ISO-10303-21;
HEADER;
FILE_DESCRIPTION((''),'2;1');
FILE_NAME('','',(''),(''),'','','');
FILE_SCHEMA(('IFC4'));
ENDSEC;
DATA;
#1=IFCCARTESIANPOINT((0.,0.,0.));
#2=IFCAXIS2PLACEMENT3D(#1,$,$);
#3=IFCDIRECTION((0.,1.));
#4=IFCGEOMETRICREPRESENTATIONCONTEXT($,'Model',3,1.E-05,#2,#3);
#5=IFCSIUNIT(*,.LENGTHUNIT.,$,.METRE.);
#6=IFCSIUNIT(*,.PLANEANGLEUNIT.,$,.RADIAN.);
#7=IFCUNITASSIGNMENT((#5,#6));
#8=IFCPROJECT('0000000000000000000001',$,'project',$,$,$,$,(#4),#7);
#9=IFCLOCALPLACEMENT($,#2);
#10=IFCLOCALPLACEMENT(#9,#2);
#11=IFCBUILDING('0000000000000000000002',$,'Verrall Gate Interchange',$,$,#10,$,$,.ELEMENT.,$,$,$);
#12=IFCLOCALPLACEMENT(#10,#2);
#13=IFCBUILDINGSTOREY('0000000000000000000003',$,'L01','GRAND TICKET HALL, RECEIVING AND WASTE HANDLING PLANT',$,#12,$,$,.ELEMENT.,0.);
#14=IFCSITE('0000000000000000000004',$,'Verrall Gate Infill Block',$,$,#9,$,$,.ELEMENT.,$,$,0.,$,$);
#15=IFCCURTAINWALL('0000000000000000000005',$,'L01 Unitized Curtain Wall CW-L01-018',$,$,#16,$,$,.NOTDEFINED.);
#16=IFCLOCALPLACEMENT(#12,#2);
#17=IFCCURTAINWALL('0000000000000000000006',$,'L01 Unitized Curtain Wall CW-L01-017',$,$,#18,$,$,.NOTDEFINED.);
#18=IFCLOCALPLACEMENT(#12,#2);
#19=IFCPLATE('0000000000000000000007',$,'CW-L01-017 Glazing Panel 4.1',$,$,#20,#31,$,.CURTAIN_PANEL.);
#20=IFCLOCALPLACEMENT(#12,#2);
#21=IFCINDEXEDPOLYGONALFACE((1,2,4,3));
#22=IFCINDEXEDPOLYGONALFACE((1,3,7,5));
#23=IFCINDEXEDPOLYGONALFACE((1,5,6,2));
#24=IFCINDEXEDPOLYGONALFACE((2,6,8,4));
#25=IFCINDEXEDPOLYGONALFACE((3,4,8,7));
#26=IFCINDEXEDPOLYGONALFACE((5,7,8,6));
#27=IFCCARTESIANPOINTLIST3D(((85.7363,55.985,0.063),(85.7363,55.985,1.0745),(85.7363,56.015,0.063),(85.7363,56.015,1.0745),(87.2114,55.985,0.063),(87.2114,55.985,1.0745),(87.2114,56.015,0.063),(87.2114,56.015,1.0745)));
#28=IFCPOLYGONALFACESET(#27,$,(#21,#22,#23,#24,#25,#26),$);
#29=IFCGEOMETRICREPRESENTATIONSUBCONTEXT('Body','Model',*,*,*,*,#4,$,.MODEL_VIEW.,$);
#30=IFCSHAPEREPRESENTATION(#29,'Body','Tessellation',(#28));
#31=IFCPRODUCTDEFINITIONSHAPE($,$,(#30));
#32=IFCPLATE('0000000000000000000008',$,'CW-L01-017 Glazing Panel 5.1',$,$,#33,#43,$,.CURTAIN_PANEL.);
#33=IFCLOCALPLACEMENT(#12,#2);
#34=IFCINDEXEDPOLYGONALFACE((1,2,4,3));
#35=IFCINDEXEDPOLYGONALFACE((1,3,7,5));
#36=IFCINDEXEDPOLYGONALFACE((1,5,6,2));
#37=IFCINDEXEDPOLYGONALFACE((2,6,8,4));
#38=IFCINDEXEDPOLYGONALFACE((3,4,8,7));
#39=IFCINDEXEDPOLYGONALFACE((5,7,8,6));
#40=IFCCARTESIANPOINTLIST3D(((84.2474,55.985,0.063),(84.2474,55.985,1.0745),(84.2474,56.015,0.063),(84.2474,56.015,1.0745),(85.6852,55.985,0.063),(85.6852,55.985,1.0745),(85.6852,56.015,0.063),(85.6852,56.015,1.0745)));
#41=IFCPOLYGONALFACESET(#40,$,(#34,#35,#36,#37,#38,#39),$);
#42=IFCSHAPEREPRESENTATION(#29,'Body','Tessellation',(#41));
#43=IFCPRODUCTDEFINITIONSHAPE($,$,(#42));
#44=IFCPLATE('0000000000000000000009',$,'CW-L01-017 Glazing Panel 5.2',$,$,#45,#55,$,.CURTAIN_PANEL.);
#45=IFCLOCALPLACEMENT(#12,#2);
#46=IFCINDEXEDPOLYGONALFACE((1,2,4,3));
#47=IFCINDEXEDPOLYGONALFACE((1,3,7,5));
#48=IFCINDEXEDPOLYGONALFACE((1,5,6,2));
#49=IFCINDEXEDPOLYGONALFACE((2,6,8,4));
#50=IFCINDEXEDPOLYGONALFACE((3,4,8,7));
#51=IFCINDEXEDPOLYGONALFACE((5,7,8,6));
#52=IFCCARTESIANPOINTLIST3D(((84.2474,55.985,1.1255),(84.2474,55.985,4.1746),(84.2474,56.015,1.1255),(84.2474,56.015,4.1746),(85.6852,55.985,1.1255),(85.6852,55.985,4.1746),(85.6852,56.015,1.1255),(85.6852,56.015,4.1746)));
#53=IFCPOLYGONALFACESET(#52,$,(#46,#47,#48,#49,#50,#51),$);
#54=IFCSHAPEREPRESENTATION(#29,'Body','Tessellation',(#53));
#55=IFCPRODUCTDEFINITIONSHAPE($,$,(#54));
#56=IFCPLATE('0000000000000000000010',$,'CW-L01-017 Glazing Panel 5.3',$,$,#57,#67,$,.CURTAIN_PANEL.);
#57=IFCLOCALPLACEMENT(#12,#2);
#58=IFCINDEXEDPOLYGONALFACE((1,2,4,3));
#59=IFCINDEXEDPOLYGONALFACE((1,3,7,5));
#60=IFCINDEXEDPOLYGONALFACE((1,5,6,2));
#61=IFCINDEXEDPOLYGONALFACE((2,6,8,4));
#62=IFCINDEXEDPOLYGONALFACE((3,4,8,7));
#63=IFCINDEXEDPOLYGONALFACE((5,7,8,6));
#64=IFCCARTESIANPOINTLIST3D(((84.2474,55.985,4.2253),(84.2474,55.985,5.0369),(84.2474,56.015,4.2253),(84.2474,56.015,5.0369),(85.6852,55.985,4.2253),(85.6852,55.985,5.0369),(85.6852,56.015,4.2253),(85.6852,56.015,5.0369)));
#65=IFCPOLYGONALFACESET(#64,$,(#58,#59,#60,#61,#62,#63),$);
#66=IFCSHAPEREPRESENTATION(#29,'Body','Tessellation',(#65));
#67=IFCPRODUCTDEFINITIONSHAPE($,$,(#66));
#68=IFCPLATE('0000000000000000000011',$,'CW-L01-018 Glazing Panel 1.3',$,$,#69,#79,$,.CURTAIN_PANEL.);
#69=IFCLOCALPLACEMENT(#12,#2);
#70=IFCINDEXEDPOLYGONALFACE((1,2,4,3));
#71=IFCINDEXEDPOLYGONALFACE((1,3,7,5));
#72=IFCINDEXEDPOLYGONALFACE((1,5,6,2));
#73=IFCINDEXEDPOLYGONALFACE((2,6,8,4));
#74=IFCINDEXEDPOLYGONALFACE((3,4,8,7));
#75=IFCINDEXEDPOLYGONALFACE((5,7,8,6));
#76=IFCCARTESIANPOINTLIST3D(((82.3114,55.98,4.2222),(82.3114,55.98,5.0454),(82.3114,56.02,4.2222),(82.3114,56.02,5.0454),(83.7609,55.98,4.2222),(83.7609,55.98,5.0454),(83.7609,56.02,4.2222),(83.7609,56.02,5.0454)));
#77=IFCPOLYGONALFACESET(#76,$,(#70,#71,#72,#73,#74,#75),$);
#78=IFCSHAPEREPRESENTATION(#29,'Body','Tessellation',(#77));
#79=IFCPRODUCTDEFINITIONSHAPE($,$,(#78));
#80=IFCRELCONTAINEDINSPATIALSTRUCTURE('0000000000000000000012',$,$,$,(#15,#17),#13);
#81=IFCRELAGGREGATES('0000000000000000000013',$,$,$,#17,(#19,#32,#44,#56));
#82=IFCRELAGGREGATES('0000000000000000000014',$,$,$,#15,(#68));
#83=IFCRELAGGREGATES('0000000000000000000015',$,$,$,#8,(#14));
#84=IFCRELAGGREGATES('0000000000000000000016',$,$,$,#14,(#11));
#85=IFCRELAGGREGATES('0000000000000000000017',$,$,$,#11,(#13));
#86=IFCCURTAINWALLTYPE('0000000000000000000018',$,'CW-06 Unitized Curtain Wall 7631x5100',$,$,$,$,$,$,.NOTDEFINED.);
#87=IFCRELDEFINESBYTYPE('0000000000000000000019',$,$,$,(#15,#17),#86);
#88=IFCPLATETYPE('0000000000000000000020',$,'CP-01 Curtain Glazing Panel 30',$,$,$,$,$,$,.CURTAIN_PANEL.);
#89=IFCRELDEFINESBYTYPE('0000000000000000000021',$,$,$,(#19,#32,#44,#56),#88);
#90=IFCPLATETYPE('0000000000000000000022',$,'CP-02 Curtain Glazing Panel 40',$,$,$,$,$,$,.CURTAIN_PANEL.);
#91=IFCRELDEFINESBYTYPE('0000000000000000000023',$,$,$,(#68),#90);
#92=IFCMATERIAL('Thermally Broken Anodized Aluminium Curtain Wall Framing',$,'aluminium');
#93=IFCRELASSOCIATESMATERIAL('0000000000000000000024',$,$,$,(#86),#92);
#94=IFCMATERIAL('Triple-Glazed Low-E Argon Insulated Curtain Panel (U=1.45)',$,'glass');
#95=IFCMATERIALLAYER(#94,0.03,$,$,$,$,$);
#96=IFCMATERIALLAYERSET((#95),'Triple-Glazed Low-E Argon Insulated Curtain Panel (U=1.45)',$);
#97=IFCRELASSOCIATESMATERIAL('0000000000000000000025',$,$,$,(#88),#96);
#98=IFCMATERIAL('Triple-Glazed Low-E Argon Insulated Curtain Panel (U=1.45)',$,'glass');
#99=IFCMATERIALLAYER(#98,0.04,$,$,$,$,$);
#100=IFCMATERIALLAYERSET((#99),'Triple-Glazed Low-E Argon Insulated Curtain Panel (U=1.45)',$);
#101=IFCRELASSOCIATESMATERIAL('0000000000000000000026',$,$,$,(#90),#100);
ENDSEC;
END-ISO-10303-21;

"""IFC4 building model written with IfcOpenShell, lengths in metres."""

from ifc_helpers import new_model, si_unit, direction, frame, origin, origin_2d, place, context, subcontext, project, spatial, rectangle, extrude, material, layer, layer_set, type_object, element, aggregate, save


model = new_model("IFC4")

# Units and contexts
model_context = context("Model", 3, precision=1e-05, world=origin(), true_north=direction((0.0, 1.0)))
body_context = subcontext(model_context, "Body", "Model", "MODEL_VIEW")
ifc_project = project(units=[si_unit("LENGTHUNIT", "METRE"), si_unit("PLANEANGLEUNIT", "RADIAN")], contexts=[model_context])

# Site, building, storey
site_placement = place(None, origin())
site = spatial("IfcSite", under=ifc_project, at=site_placement, Name="Verrall Gate Infill Block", CompositionType="ELEMENT", RefElevation=0.0)
building_placement = place(site_placement, origin())
building = spatial("IfcBuilding", under=site, at=building_placement, Name="Verrall Gate Interchange", CompositionType="ELEMENT")
storey_placement = place(building_placement, origin())
storey = spatial("IfcBuildingStorey", under=building, at=storey_placement, Name="L01", Description="GRAND TICKET HALL, RECEIVING AND WASTE HANDLING PLANT", CompositionType="ELEMENT", Elevation=0.0)

# Curtain wall
ifc_material_1 = material(Name="Thermally Broken Anodized Aluminium Curtain Wall Framing", Category="aluminium")
curtain_wall_type = type_object("IfcCurtainWallType", Name="CW-06 Unitized Curtain Wall 7631x5100", PredefinedType="NOTDEFINED", material=ifc_material_1)
curtain_wall_1_placement = place(storey_placement, origin())
curtain_wall_1 = element("IfcCurtainWall", 1, at=curtain_wall_1_placement, inside=storey, type_object=curtain_wall_type, Name="L01 Unitized Curtain Wall CW-L01-018", PredefinedType="NOTDEFINED")

# Curtain wall
curtain_wall_2_placement = place(storey_placement, origin())
curtain_wall_2 = element("IfcCurtainWall", 2, at=curtain_wall_2_placement, inside=storey, type_object=curtain_wall_type, Name="L01 Unitized Curtain Wall CW-L01-017", PredefinedType="NOTDEFINED")

# Plates
ifc_material_2 = material(Name="Triple-Glazed Low-E Argon Insulated Curtain Panel (U=1.45)", Category="glass")
ifc_layer_1 = layer(ifc_material_2, 0.03)
ifc_layer_set_1 = layer_set([ifc_layer_1], Name="Triple-Glazed Low-E Argon Insulated Curtain Panel (U=1.45)")
plate_type_1 = type_object("IfcPlateType", Name="CP-01 Curtain Glazing Panel 30", PredefinedType="CURTAIN_PANEL", material=ifc_layer_set_1)
plate_1_placement = place(storey_placement, frame((86.4739, 56.0, 0.063), z_axis=(0.0, 0.0, 1.0), x_axis=(-1.0, 0.0, 0.0)))
plate_1 = element("IfcPlate", 3, at=plate_1_placement, type_object=plate_type_1, Name="CW-L01-017 Glazing Panel 4.1", PredefinedType="CURTAIN_PANEL", context=body_context, shape_type="SweptSolid", body=[
    extrude(rectangle(XDim=1.4751, YDim=0.03, at=origin_2d()), origin(), (0.0, 0.0, 1.0), 1.0115),
])
plate_2_placement = place(storey_placement, frame((84.9663, 56.0, 0.063), z_axis=(0.0, 0.0, 1.0), x_axis=(-1.0, 0.0, 0.0)))
plate_2 = element("IfcPlate", 4, at=plate_2_placement, type_object=plate_type_1, Name="CW-L01-017 Glazing Panel 5.1", PredefinedType="CURTAIN_PANEL", context=body_context, shape_type="SweptSolid", body=[
    extrude(rectangle(XDim=1.4377, YDim=0.03, at=origin_2d()), origin(), (0.0, 0.0, 1.0), 1.0115),
])
plate_3_placement = place(storey_placement, frame((84.9663, 56.0, 1.1255), z_axis=(0.0, 0.0, 1.0), x_axis=(-1.0, 0.0, 0.0)))
plate_3 = element("IfcPlate", 5, at=plate_3_placement, type_object=plate_type_1, Name="CW-L01-017 Glazing Panel 5.2", PredefinedType="CURTAIN_PANEL", context=body_context, shape_type="SweptSolid", body=[
    extrude(rectangle(XDim=1.4377, YDim=0.03, at=origin_2d()), origin(), (0.0, 0.0, 1.0), 3.0491),
])
plate_4_placement = place(storey_placement, frame((84.9663, 56.0, 4.2253), z_axis=(0.0, 0.0, 1.0), x_axis=(-1.0, 0.0, 0.0)))
plate_4 = element("IfcPlate", 6, at=plate_4_placement, type_object=plate_type_1, Name="CW-L01-017 Glazing Panel 5.3", PredefinedType="CURTAIN_PANEL", context=body_context, shape_type="SweptSolid", body=[
    extrude(rectangle(XDim=1.4377, YDim=0.03, at=origin_2d()), origin(), (0.0, 0.0, 1.0), 0.8115),
])
aggregate(curtain_wall_2, [plate_1, plate_2, plate_3, plate_4])
ifc_material_3 = material(Name="Triple-Glazed Low-E Argon Insulated Curtain Panel (U=1.45)", Category="glass")
ifc_layer_2 = layer(ifc_material_3, 0.04)
ifc_layer_set_2 = layer_set([ifc_layer_2], Name="Triple-Glazed Low-E Argon Insulated Curtain Panel (U=1.45)")
plate_type_2 = type_object("IfcPlateType", Name="CP-02 Curtain Glazing Panel 40", PredefinedType="CURTAIN_PANEL", material=ifc_layer_set_2)
plate_5_placement = place(storey_placement, frame((83.0361, 56.0, 4.2222), z_axis=(0.0, 0.0, 1.0), x_axis=(-1.0, 0.0, 0.0)))
plate_5 = element("IfcPlate", 7, at=plate_5_placement, type_object=plate_type_2, Name="CW-L01-018 Glazing Panel 1.3", PredefinedType="CURTAIN_PANEL", context=body_context, shape_type="SweptSolid", body=[
    extrude(rectangle(XDim=1.4495, YDim=0.04, at=origin_2d()), origin(), (0.0, 0.0, 1.0), 0.8232),
])
aggregate(curtain_wall_1, [plate_5])

save(model, "model.ifc")
